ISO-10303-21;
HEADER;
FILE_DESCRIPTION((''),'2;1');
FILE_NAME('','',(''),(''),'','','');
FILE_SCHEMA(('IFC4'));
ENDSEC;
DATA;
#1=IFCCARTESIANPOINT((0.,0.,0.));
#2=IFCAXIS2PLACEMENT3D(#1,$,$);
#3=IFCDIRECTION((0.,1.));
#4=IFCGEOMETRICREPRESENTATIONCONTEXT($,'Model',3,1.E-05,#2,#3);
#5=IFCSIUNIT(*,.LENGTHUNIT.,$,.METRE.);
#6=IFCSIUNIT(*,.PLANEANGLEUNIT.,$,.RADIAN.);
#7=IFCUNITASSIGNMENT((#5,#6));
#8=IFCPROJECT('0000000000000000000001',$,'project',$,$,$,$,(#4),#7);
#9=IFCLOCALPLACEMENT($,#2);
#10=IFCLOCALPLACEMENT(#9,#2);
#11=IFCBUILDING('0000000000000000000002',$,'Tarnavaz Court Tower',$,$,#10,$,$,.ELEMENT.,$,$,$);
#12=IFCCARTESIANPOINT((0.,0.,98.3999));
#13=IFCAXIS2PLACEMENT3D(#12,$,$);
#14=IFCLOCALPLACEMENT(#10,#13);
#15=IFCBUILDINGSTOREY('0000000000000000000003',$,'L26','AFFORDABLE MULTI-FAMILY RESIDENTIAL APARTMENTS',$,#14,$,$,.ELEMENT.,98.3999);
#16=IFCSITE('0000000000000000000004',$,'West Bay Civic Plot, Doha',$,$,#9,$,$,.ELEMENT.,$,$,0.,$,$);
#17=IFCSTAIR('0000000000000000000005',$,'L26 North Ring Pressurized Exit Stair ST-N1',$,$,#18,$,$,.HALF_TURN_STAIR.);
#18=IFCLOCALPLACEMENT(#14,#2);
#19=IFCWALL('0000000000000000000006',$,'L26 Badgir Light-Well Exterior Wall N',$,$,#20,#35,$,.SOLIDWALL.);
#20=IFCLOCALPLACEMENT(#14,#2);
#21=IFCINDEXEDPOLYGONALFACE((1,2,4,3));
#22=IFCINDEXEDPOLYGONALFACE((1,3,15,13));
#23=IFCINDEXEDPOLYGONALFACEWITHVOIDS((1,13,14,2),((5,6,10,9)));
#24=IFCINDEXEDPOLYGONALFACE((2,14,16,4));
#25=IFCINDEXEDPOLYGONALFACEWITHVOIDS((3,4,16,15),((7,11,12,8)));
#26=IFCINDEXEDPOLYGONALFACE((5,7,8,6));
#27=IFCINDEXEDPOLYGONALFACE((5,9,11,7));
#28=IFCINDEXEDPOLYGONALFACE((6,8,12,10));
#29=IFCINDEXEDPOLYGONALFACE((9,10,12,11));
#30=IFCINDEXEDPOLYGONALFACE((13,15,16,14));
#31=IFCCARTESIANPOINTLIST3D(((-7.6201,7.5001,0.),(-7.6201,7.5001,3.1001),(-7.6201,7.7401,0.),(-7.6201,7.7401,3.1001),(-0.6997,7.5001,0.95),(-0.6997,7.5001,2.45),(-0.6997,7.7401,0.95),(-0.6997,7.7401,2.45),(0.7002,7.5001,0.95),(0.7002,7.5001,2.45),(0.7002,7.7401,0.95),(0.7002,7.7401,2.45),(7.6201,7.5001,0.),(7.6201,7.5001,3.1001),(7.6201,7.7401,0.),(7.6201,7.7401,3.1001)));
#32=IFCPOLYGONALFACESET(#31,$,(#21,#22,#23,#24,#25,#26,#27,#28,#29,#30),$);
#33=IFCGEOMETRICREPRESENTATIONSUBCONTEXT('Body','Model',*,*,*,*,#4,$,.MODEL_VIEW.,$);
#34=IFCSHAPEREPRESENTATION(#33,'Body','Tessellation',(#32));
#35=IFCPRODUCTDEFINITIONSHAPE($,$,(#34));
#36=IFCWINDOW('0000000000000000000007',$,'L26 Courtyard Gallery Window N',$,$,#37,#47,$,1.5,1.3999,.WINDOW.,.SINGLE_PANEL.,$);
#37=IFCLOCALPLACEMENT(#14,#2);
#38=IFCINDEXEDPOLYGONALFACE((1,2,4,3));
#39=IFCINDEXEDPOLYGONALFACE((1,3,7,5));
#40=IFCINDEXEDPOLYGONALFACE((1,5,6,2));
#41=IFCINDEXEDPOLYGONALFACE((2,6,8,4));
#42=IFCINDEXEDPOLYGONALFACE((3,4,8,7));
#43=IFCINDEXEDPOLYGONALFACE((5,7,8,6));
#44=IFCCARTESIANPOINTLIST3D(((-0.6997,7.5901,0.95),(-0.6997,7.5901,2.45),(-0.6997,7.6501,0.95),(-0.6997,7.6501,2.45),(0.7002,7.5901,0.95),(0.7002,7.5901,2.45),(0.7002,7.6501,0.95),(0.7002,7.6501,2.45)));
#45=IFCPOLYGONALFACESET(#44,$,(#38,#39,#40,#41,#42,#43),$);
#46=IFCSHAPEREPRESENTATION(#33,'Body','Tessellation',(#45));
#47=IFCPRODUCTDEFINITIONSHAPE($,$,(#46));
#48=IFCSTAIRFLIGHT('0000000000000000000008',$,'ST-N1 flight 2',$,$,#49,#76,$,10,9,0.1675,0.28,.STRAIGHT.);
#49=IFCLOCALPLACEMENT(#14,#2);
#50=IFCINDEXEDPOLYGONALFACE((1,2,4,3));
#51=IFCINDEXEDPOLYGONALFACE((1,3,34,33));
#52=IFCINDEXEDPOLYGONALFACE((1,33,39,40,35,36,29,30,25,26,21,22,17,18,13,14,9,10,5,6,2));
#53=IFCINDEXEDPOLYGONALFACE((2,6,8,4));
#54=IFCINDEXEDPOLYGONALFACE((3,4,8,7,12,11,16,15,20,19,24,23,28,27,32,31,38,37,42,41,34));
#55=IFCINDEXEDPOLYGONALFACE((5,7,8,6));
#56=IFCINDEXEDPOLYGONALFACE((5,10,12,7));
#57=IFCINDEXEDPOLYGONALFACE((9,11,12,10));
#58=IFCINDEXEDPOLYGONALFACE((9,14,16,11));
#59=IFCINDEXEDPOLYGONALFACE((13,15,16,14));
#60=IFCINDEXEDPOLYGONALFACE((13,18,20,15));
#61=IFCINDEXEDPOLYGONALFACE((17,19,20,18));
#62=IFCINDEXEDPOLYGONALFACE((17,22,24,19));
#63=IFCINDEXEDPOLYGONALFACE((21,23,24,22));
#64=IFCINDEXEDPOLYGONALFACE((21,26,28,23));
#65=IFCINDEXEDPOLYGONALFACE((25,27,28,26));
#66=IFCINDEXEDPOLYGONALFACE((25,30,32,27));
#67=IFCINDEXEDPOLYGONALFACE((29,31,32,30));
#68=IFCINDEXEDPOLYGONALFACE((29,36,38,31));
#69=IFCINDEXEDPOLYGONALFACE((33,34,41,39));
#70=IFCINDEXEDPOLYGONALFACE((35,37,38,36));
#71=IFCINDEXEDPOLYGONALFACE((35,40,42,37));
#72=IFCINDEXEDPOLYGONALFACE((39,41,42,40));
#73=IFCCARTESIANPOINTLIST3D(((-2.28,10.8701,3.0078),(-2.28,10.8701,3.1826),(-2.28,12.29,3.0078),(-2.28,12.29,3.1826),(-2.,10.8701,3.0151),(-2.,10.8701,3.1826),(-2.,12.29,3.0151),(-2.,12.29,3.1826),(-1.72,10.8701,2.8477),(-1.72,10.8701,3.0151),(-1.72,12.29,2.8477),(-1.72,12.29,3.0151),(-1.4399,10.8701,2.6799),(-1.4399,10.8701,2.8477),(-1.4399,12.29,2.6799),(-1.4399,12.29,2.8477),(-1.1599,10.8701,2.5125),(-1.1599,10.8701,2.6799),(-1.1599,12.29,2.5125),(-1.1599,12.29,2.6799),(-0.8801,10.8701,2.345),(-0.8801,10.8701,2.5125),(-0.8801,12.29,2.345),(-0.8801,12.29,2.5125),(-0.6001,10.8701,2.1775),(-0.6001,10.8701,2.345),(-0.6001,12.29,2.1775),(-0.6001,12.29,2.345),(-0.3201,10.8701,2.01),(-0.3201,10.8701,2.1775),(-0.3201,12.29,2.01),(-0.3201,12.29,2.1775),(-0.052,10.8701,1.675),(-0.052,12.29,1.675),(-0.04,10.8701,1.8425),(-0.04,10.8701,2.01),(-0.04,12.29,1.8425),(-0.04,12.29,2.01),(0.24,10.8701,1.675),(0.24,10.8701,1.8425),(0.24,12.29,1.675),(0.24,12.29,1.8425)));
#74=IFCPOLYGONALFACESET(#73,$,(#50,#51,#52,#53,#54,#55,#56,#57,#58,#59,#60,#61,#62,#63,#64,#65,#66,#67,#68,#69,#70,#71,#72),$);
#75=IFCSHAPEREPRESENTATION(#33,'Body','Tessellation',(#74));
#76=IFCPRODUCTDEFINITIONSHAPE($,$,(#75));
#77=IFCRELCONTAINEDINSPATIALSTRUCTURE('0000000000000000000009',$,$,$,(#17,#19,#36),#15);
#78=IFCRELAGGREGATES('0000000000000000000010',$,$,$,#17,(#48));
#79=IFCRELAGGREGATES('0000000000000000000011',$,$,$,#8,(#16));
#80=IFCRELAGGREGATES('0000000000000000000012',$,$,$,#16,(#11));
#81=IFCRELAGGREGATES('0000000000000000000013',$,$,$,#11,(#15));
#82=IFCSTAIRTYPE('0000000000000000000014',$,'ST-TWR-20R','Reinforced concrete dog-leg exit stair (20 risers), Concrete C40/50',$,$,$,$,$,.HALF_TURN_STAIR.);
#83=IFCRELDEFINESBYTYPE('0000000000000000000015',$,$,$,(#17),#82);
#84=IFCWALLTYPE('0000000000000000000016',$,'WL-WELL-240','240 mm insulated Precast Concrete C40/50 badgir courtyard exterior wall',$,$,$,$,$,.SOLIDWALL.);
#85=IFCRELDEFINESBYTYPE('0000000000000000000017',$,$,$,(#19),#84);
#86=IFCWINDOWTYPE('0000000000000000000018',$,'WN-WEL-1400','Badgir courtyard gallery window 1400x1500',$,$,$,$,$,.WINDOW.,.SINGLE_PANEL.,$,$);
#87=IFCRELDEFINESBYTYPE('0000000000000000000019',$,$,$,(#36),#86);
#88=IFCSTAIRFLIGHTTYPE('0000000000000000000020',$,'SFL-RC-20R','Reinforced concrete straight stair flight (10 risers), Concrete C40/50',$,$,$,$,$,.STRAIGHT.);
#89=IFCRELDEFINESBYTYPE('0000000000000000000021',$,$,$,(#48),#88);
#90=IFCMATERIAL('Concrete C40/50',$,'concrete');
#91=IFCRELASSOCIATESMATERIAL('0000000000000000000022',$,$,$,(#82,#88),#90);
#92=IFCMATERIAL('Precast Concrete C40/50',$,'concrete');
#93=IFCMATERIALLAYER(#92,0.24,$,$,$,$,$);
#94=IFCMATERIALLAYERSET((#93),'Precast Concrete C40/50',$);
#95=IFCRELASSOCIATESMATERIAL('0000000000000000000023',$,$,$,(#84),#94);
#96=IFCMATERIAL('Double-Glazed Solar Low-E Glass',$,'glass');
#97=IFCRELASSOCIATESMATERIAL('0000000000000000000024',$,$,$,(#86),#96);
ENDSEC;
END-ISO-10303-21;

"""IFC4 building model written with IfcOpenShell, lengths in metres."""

from ifc_helpers import new_model, si_unit, direction, frame, frame_2d, origin, place, context, subcontext, project, spatial, polyline, rectangle, outline, extrude, material, layer, layer_set, type_object, element, fill, aggregate, save


model = new_model("IFC4")

# Units and contexts
model_context = context("Model", 3, precision=1e-05, world=origin(), true_north=direction((0.0, 1.0)))
body_context = subcontext(model_context, "Body", "Model", "MODEL_VIEW")
ifc_project = project(units=[si_unit("LENGTHUNIT", "METRE"), si_unit("PLANEANGLEUNIT", "RADIAN")], contexts=[model_context])

# Site, building, storey
site_placement = place(None, origin())
site = spatial("IfcSite", under=ifc_project, at=site_placement, Name="West Bay Civic Plot, Doha", CompositionType="ELEMENT", RefElevation=0.0)
building_placement = place(site_placement, origin())
building = spatial("IfcBuilding", under=site, at=building_placement, Name="Tarnavaz Court Tower", CompositionType="ELEMENT")
storey_placement = place(building_placement, frame((0.0, 0.0, 98.3999)))
storey = spatial("IfcBuildingStorey", under=building, at=storey_placement, Name="L26", Description="AFFORDABLE MULTI-FAMILY RESIDENTIAL APARTMENTS", CompositionType="ELEMENT", Elevation=98.3999)

# Stair
ifc_material_1 = material(Name="Concrete C40/50", Category="concrete")
stair_type = type_object("IfcStairType", Name="ST-TWR-20R", Description="Reinforced concrete dog-leg exit stair (20 risers), Concrete C40/50", PredefinedType="HALF_TURN_STAIR", material=ifc_material_1)
stair_1_placement = place(storey_placement, origin())
stair_1 = element("IfcStair", 1, at=stair_1_placement, inside=storey, type_object=stair_type, Name="L26 North Ring Pressurized Exit Stair ST-N1", PredefinedType="HALF_TURN_STAIR")

# Wall, opening, window
ifc_material_2 = material(Name="Precast Concrete C40/50", Category="concrete")
ifc_layer_1 = layer(ifc_material_2, 0.24)
ifc_layer_set_1 = layer_set([ifc_layer_1], Name="Precast Concrete C40/50")
wall_type_1 = type_object("IfcWallType", Name="WL-WELL-240", Description="240 mm insulated Precast Concrete C40/50 badgir courtyard exterior wall", PredefinedType="SOLIDWALL", material=ifc_layer_set_1)
wall_1_placement = place(storey_placement, frame((7.6201, 7.6201, 0.0), z_axis=(0.0, 0.0, 1.0), x_axis=(-1.0, 0.0, 0.0)))
wall_1 = element("IfcWall", 2, at=wall_1_placement, inside=storey, type_object=wall_type_1, Name="L26 Badgir Light-Well Exterior Wall N", PredefinedType="SOLIDWALL", context=body_context, shape_type="SweptSolid", body=[
    extrude(rectangle(XDim=15.2402, YDim=0.24, at=frame_2d((7.6201, 0.0))), origin(), (0.0, 0.0, 1.0), 3.1001),
])
opening_1_placement = place(wall_1_placement, frame((6.9199, 0.0, 0.95)))
opening_1 = element("IfcOpeningElement", 3, at=opening_1_placement, cuts=wall_1, PredefinedType="OPENING", context=body_context, shape_type="SweptSolid", body=[
    extrude(rectangle(XDim=1.3999, YDim=1.5, at=frame_2d((0.7, 0.75))), frame((0.0, 0.1299, 0.0), z_axis=(0.0, -1.0, 0.0), x_axis=(1.0, 0.0, 0.0)), (0.0, 0.0, 1.0), 0.26),
])
ifc_material_3 = material(Name="Double-Glazed Solar Low-E Glass", Category="glass")
window_type = type_object("IfcWindowType", Name="WN-WEL-1400", Description="Badgir courtyard gallery window 1400x1500", PartitioningType="SINGLE_PANEL", PredefinedType="WINDOW", material=ifc_material_3)
window_placement = place(opening_1_placement, origin())
window = element("IfcWindow", 4, at=window_placement, inside=storey, type_object=window_type, Name="L26 Courtyard Gallery Window N", OverallHeight=1.5, OverallWidth=1.3999, PartitioningType="SINGLE_PANEL", PredefinedType="WINDOW", context=body_context, shape_type="SweptSolid", body=[
    extrude(rectangle(XDim=1.3999, YDim=1.5, at=frame_2d((0.7, 0.75))), frame((0.0, 0.03, 0.0), z_axis=(0.0, -1.0, 0.0), x_axis=(1.0, 0.0, 0.0)), (0.0, 0.0, 1.0), 0.0601),
])
fill(opening_1, window)

# Stair flight
stair_flight_type = type_object("IfcStairFlightType", Name="SFL-RC-20R", Description="Reinforced concrete straight stair flight (10 risers), Concrete C40/50", PredefinedType="STRAIGHT", material=ifc_material_1)
stair_flight_placement = place(storey_placement, frame((0.24, 11.5801, 1.675), z_axis=(0.0, 0.0, 1.0), x_axis=(-1.0, 0.0, 0.0)))
stair_flight = element("IfcStairFlight", 5, at=stair_flight_placement, type_object=stair_flight_type, Name="ST-N1 flight 2", NumberOfRisers=10, NumberOfTreads=9, PredefinedType="STRAIGHT", RiserHeight=0.1675, TreadLength=0.28, context=body_context, shape_type="SweptSolid", body=[
    extrude(outline(polyline([(0.0, 0.0), (0.0, 0.1675), (0.28, 0.1675), (0.28, 0.335), (0.5601, 0.335), (0.5601, 0.5024), (0.8401, 0.5024), (0.8401, 0.6699), (1.1201, 0.6699), (1.1201, 0.8374), (1.3999, 0.8374), (1.3999, 1.0049), (1.6799, 1.0049), (1.6799, 1.1726), (1.96, 1.1726), (1.96, 1.3401), (2.24, 1.3401), (2.24, 1.5076), (2.52, 1.5076), (2.52, 1.675), (2.52, 1.3328), (0.292, 0.0), (0.0, 0.0)])), frame((0.0, 0.71, 0.0), z_axis=(0.0, -1.0, 0.0), x_axis=(1.0, 0.0, 0.0)), (0.0, 0.0, 1.0), 1.4199),
])
aggregate(stair_1, [stair_flight])

save(model, "model.ifc")
